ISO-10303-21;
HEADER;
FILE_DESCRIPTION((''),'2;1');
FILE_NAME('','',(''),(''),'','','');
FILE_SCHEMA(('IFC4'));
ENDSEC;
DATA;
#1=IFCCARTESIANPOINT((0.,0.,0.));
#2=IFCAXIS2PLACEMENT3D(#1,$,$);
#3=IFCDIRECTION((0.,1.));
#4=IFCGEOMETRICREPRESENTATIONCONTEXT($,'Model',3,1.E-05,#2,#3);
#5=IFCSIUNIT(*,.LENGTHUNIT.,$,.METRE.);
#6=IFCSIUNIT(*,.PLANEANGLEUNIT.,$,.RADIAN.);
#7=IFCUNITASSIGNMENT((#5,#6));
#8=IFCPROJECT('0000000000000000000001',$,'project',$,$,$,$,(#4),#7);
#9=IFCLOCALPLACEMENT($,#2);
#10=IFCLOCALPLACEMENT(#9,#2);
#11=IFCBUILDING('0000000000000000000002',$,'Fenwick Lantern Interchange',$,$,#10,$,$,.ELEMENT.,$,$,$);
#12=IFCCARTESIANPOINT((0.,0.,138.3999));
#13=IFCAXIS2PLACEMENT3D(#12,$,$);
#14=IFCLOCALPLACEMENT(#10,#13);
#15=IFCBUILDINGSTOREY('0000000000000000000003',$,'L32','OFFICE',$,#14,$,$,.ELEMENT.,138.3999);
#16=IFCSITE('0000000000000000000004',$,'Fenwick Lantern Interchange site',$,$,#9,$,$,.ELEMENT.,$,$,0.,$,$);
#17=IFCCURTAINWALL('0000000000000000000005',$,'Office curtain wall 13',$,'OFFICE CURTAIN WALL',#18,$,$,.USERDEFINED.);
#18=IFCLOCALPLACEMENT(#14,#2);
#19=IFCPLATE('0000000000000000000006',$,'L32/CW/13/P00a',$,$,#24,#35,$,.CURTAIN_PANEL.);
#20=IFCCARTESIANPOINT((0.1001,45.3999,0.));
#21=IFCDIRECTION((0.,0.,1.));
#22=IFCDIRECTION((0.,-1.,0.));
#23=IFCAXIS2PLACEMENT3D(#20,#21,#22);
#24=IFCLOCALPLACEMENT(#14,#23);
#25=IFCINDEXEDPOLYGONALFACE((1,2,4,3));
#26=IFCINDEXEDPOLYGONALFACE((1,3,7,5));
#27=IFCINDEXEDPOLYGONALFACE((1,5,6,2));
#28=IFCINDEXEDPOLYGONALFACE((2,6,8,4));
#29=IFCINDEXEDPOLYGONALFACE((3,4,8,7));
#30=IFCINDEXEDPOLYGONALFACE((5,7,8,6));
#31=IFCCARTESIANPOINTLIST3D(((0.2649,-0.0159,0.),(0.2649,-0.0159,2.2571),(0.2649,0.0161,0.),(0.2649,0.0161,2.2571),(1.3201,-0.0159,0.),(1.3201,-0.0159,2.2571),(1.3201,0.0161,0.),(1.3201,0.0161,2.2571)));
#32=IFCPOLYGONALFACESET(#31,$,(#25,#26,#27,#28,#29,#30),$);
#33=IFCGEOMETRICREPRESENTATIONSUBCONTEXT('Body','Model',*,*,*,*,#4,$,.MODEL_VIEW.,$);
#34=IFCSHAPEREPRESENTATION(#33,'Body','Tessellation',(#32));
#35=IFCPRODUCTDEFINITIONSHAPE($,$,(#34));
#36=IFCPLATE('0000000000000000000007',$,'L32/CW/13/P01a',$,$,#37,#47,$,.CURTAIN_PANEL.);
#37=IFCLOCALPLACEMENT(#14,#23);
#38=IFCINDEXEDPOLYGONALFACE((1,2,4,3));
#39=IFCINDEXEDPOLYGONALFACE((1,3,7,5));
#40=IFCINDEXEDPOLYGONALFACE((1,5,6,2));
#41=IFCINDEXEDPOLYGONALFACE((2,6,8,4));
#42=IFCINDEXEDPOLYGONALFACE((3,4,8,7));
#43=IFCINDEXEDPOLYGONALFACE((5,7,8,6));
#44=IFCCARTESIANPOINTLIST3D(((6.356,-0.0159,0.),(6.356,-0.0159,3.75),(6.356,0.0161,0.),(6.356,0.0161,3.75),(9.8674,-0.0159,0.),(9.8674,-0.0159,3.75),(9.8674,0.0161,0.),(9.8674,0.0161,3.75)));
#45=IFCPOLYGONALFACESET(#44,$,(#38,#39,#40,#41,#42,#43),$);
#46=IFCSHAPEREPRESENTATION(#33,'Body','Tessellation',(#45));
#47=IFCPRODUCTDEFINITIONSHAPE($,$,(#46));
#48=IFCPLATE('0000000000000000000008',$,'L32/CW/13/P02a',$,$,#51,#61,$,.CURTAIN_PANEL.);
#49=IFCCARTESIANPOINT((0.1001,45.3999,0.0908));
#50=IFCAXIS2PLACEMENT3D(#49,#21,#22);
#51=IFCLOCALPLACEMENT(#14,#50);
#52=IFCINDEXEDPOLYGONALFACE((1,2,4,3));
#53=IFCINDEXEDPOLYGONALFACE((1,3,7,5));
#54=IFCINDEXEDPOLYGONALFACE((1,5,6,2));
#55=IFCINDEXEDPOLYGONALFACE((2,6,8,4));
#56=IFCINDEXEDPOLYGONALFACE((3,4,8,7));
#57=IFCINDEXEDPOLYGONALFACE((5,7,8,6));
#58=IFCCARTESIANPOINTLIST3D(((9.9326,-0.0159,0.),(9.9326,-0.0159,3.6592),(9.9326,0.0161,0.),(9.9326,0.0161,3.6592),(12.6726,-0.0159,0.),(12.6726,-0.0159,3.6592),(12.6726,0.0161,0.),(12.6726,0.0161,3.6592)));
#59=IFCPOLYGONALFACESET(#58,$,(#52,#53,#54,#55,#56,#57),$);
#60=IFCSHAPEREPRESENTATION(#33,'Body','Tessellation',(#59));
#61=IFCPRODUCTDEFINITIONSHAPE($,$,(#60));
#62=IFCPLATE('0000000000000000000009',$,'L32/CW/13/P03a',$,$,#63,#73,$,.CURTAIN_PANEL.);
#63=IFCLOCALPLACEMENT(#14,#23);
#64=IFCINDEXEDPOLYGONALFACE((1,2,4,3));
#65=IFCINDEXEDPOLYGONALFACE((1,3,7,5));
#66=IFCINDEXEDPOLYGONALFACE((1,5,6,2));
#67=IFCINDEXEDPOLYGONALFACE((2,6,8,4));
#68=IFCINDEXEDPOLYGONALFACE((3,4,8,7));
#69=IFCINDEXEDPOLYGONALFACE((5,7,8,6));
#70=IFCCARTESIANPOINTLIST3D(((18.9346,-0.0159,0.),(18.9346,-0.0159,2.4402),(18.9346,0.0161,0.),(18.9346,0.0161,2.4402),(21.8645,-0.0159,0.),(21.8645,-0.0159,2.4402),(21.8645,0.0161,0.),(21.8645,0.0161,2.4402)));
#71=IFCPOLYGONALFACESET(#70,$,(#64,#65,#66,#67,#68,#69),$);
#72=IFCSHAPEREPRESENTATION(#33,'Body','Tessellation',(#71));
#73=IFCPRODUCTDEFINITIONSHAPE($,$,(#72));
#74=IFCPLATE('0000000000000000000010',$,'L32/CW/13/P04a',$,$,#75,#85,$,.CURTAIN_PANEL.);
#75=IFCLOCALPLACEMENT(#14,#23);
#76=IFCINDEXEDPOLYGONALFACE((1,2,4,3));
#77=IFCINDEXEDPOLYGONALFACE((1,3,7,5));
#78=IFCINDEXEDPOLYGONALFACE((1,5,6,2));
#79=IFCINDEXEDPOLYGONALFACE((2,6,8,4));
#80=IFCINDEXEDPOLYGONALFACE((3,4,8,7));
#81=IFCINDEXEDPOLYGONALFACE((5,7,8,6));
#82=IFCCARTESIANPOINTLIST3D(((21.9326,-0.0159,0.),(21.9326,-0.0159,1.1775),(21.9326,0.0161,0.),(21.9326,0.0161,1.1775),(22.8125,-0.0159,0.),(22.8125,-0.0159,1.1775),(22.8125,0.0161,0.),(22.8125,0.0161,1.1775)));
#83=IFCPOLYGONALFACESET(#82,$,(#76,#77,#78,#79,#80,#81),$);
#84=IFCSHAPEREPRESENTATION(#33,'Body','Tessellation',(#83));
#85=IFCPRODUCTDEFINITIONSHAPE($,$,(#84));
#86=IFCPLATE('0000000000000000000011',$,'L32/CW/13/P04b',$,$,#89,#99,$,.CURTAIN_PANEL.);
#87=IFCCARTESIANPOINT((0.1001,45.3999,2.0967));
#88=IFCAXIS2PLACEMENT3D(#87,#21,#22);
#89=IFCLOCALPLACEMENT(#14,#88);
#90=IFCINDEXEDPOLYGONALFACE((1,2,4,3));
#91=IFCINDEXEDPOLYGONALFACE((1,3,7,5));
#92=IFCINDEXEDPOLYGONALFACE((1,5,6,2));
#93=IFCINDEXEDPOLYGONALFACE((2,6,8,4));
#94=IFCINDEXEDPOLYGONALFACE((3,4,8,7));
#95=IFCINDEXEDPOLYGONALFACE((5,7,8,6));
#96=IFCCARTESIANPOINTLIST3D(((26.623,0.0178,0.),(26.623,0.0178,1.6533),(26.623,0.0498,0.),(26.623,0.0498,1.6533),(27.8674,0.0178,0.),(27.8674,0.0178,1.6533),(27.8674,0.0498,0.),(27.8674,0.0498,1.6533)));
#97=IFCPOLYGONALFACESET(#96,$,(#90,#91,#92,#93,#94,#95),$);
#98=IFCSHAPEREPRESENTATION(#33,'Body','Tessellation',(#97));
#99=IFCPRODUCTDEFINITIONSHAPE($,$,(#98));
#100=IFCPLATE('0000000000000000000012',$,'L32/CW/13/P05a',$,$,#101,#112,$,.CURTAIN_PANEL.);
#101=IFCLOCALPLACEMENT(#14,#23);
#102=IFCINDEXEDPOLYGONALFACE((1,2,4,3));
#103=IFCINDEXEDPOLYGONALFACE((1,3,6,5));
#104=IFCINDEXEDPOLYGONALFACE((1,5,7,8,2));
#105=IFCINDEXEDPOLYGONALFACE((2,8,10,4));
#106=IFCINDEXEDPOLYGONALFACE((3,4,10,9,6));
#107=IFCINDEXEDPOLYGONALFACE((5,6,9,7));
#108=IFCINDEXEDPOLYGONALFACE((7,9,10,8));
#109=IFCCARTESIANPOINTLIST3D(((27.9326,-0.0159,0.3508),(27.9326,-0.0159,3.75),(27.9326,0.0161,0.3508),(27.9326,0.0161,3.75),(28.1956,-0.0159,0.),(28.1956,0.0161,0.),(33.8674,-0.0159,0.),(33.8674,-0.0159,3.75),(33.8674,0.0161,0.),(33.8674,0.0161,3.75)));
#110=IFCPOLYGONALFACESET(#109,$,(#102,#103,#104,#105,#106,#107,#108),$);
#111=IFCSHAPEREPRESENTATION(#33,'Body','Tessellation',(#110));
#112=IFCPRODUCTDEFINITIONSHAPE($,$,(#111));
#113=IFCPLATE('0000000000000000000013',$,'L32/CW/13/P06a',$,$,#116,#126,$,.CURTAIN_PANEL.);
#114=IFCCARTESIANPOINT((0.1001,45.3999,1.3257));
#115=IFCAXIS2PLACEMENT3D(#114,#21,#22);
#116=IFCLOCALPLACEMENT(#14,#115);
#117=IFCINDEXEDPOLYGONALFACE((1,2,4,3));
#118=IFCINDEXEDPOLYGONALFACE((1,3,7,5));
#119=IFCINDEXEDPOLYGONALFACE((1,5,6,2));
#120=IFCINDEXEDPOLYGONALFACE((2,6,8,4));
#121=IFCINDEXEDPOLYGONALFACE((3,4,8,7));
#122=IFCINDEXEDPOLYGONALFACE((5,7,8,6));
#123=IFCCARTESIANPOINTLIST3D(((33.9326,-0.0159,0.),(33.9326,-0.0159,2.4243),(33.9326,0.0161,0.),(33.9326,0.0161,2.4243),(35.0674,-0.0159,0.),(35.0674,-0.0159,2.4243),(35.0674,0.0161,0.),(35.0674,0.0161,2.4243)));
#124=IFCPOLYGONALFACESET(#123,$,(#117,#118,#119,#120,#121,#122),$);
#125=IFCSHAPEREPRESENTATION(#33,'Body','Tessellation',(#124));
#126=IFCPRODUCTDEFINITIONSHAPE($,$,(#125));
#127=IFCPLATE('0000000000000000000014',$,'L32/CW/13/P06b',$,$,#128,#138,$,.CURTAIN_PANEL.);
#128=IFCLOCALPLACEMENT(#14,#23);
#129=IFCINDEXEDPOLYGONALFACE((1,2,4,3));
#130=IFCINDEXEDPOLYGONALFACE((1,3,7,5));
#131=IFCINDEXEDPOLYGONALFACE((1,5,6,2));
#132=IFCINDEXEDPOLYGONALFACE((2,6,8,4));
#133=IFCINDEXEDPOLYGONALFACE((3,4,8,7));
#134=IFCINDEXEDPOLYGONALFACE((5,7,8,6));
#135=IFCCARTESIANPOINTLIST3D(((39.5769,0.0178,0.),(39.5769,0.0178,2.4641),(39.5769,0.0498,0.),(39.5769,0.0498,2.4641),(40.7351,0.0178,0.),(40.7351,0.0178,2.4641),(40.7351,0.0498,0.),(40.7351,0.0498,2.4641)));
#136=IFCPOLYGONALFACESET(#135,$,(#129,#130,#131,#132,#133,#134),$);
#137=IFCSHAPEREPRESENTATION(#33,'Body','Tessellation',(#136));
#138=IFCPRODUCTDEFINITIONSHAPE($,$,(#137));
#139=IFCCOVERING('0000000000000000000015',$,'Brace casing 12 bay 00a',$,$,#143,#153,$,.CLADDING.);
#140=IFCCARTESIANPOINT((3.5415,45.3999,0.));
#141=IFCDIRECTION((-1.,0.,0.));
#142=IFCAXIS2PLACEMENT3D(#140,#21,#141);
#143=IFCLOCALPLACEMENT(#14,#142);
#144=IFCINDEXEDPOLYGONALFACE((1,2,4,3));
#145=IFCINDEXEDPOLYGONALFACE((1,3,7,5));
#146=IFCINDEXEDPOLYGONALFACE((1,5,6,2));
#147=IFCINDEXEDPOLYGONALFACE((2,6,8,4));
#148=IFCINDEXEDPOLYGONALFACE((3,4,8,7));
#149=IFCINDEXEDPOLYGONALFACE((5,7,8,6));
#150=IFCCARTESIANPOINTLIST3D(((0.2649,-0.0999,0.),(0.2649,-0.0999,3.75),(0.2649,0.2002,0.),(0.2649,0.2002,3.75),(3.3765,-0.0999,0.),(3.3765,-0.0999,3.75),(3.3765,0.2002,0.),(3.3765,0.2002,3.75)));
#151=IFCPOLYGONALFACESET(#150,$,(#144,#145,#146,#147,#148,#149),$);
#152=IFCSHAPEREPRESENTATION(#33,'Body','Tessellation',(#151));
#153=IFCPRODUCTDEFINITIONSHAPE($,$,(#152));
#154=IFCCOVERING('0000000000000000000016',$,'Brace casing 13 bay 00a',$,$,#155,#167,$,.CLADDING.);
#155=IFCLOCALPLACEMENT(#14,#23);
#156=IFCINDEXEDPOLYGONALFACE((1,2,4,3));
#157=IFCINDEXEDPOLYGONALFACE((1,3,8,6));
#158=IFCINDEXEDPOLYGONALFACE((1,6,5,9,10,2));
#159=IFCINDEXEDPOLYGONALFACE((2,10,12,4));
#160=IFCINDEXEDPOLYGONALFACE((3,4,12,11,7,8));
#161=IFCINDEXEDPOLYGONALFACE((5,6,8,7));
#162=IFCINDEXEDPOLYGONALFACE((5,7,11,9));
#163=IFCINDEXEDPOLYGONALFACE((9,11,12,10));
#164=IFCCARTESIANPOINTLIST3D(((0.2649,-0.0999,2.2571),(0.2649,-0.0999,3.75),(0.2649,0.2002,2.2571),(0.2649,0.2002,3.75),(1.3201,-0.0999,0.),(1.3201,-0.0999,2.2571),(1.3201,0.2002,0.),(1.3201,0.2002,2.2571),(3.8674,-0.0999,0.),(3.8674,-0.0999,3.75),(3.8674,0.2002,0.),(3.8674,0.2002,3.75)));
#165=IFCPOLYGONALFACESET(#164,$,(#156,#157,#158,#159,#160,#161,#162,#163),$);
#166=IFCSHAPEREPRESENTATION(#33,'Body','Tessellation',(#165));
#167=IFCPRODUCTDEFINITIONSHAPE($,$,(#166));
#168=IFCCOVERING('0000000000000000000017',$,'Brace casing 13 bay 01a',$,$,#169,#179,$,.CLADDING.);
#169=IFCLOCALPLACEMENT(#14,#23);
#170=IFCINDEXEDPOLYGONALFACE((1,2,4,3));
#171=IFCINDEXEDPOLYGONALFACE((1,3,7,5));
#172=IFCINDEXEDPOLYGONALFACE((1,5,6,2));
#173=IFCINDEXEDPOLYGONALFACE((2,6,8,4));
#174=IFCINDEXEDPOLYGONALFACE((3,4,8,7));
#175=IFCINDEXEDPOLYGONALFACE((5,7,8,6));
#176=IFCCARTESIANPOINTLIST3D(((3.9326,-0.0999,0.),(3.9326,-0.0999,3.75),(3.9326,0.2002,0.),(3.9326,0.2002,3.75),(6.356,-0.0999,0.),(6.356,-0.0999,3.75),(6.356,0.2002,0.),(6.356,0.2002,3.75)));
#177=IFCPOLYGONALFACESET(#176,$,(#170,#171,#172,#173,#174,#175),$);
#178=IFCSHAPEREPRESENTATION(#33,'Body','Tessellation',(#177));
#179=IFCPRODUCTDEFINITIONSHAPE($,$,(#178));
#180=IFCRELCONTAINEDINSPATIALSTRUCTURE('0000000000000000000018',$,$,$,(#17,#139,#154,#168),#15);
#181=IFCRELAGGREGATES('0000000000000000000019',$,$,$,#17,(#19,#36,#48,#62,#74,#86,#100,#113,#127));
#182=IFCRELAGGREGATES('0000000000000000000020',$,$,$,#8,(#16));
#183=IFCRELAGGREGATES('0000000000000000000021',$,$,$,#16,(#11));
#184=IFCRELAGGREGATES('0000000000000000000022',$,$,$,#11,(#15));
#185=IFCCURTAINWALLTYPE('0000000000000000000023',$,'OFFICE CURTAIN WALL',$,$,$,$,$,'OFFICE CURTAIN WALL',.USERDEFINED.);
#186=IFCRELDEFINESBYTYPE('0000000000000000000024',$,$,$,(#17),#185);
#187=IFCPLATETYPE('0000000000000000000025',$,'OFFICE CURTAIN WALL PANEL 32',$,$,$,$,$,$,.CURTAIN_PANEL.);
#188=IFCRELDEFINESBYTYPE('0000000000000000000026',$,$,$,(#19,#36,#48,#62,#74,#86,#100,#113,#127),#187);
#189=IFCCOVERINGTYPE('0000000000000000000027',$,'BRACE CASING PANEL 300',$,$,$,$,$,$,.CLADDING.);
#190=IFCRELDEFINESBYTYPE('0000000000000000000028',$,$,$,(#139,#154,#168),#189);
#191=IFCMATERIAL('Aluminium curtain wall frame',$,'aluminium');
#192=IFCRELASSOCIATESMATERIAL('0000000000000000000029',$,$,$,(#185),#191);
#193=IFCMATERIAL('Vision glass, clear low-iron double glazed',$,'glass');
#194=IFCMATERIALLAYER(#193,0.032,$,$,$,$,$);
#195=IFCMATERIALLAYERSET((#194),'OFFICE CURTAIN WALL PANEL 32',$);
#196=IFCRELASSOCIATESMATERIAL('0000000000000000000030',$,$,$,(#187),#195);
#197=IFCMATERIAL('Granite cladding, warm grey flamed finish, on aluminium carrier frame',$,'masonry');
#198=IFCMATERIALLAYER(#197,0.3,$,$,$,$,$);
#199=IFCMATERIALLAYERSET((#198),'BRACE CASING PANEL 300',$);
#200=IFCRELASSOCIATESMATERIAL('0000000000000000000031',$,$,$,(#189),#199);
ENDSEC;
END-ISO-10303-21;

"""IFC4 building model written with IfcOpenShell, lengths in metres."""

from ifc_helpers import new_model, si_unit, direction, frame, origin, place, context, subcontext, project, spatial, polyline, outline, extrude, material, layer, layer_set, type_object, element, aggregate, save


model = new_model("IFC4")

# Units and contexts
model_context = context("Model", 3, precision=1e-05, world=origin(), true_north=direction((0.0, 1.0)))
body_context = subcontext(model_context, "Body", "Model", "MODEL_VIEW")
ifc_project = project(units=[si_unit("LENGTHUNIT", "METRE"), si_unit("PLANEANGLEUNIT", "RADIAN")], contexts=[model_context])

# Site, building, storey
site_placement = place(None, origin())
site = spatial("IfcSite", under=ifc_project, at=site_placement, Name="Fenwick Lantern Interchange site", CompositionType="ELEMENT", RefElevation=0.0)
building_placement = place(site_placement, origin())
building = spatial("IfcBuilding", under=site, at=building_placement, Name="Fenwick Lantern Interchange", CompositionType="ELEMENT")
storey_placement = place(building_placement, frame((0.0, 0.0, 138.3999)))
storey = spatial("IfcBuildingStorey", under=building, at=storey_placement, Name="L32", Description="OFFICE", CompositionType="ELEMENT", Elevation=138.3999)

# Shared definitions
ifc_material_1 = material(Name="Aluminium curtain wall frame", Category="aluminium")
curtain_wall_type = type_object("IfcCurtainWallType", Name="OFFICE CURTAIN WALL", ElementType="OFFICE CURTAIN WALL", PredefinedType="USERDEFINED", material=ifc_material_1)

# Curtain wall
curtain_wall_1_placement = place(storey_placement, origin())
curtain_wall_1 = element("IfcCurtainWall", 1, at=curtain_wall_1_placement, inside=storey, type_object=curtain_wall_type, Name="Office curtain wall 13", ObjectType="OFFICE CURTAIN WALL", PredefinedType="USERDEFINED")

# Plates
ifc_material_2 = material(Name="Vision glass, clear low-iron double glazed", Category="glass")
ifc_layer_1 = layer(ifc_material_2, 0.032)
ifc_layer_set_1 = layer_set([ifc_layer_1], Name="OFFICE CURTAIN WALL PANEL 32")
plate_type = type_object("IfcPlateType", Name="OFFICE CURTAIN WALL PANEL 32", PredefinedType="CURTAIN_PANEL", material=ifc_layer_set_1)
plate_1_placement = place(storey_placement, frame((0.1001, 45.3999, 0.0), z_axis=(0.0, 0.0, 1.0), x_axis=(0.0, -1.0, 0.0)))
plate_1 = element("IfcPlate", 2, at=plate_1_placement, type_object=plate_type, Name="L32/CW/13/P00a", PredefinedType="CURTAIN_PANEL", context=body_context, shape_type="SweptSolid", body=[
    extrude(outline(polyline([(0.2649, 0.0), (1.3201, 0.0), (1.3201, 2.2571), (0.2649, 2.2571), (0.2649, 0.0)])), frame((0.0, 0.0161, 0.0), z_axis=(0.0, -1.0, 0.0), x_axis=(1.0, 0.0, 0.0)), (0.0, 0.0, 1.0), 0.032),
])
plate_2_placement = place(storey_placement, frame((0.1001, 45.3999, 0.0), z_axis=(0.0, 0.0, 1.0), x_axis=(0.0, -1.0, 0.0)))
plate_2 = element("IfcPlate", 3, at=plate_2_placement, type_object=plate_type, Name="L32/CW/13/P01a", PredefinedType="CURTAIN_PANEL", context=body_context, shape_type="SweptSolid", body=[
    extrude(outline(polyline([(6.356, 0.0), (9.8674, 0.0), (9.8674, 3.75), (6.356, 3.75), (6.356, 0.0)])), frame((0.0, 0.0161, 0.0), z_axis=(0.0, -1.0, 0.0), x_axis=(1.0, 0.0, 0.0)), (0.0, 0.0, 1.0), 0.032),
])
plate_3_placement = place(storey_placement, frame((0.1001, 45.3999, 0.0908), z_axis=(0.0, 0.0, 1.0), x_axis=(0.0, -1.0, 0.0)))
plate_3 = element("IfcPlate", 4, at=plate_3_placement, type_object=plate_type, Name="L32/CW/13/P02a", PredefinedType="CURTAIN_PANEL", context=body_context, shape_type="SweptSolid", body=[
    extrude(outline(polyline([(9.9326, 0.0), (12.6726, 0.0), (12.6726, 3.6592), (9.9326, 3.6592), (9.9326, 0.0)])), frame((0.0, 0.0161, 0.0), z_axis=(0.0, -1.0, 0.0), x_axis=(1.0, 0.0, 0.0)), (0.0, 0.0, 1.0), 0.032),
])
plate_4_placement = place(storey_placement, frame((0.1001, 45.3999, 0.0), z_axis=(0.0, 0.0, 1.0), x_axis=(0.0, -1.0, 0.0)))
plate_4 = element("IfcPlate", 5, at=plate_4_placement, type_object=plate_type, Name="L32/CW/13/P03a", PredefinedType="CURTAIN_PANEL", context=body_context, shape_type="SweptSolid", body=[
    extrude(outline(polyline([(18.9346, 0.0), (21.8645, 0.0), (21.8645, 2.4402), (18.9346, 2.4402), (18.9346, 0.0)])), frame((0.0, 0.0161, 0.0), z_axis=(0.0, -1.0, 0.0), x_axis=(1.0, 0.0, 0.0)), (0.0, 0.0, 1.0), 0.032),
])
plate_5_placement = place(storey_placement, frame((0.1001, 45.3999, 0.0), z_axis=(0.0, 0.0, 1.0), x_axis=(0.0, -1.0, 0.0)))
plate_5 = element("IfcPlate", 6, at=plate_5_placement, type_object=plate_type, Name="L32/CW/13/P04a", PredefinedType="CURTAIN_PANEL", context=body_context, shape_type="SweptSolid", body=[
    extrude(outline(polyline([(21.9326, 0.0), (22.8125, 0.0), (22.8125, 1.1775), (21.9326, 1.1775), (21.9326, 0.0)])), frame((0.0, 0.0161, 0.0), z_axis=(0.0, -1.0, 0.0), x_axis=(1.0, 0.0, 0.0)), (0.0, 0.0, 1.0), 0.032),
])
plate_6_placement = place(storey_placement, frame((0.1001, 45.3999, 2.0967), z_axis=(0.0, 0.0, 1.0), x_axis=(0.0, -1.0, 0.0)))
plate_6 = element("IfcPlate", 7, at=plate_6_placement, type_object=plate_type, Name="L32/CW/13/P04b", PredefinedType="CURTAIN_PANEL", context=body_context, shape_type="SweptSolid", body=[
    extrude(outline(polyline([(26.623, 0.0), (27.8674, 0.0), (27.8674, 1.6533), (26.623, 1.6533), (26.623, 0.0)])), frame((0.0, 0.0498, 0.0), z_axis=(0.0, -1.0, 0.0), x_axis=(1.0, 0.0, 0.0)), (0.0, 0.0, 1.0), 0.032),
])
plate_7_placement = place(storey_placement, frame((0.1001, 45.3999, 0.0), z_axis=(0.0, 0.0, 1.0), x_axis=(0.0, -1.0, 0.0)))
plate_7 = element("IfcPlate", 8, at=plate_7_placement, type_object=plate_type, Name="L32/CW/13/P05a", PredefinedType="CURTAIN_PANEL", context=body_context, shape_type="SweptSolid", body=[
    extrude(outline(polyline([(28.1956, 0.0), (33.8674, 0.0), (33.8674, 3.75), (27.9326, 3.75), (27.9326, 0.3508), (28.1956, 0.0)])), frame((0.0, 0.0161, 0.0), z_axis=(0.0, -1.0, 0.0), x_axis=(1.0, 0.0, 0.0)), (0.0, 0.0, 1.0), 0.032),
])
plate_8_placement = place(storey_placement, frame((0.1001, 45.3999, 1.3257), z_axis=(0.0, 0.0, 1.0), x_axis=(0.0, -1.0, 0.0)))
plate_8 = element("IfcPlate", 9, at=plate_8_placement, type_object=plate_type, Name="L32/CW/13/P06a", PredefinedType="CURTAIN_PANEL", context=body_context, shape_type="SweptSolid", body=[
    extrude(outline(polyline([(33.9326, 0.0), (35.0674, 0.0), (35.0674, 2.4243), (33.9326, 2.4243), (33.9326, 0.0)])), frame((0.0, 0.0161, 0.0), z_axis=(0.0, -1.0, 0.0), x_axis=(1.0, 0.0, 0.0)), (0.0, 0.0, 1.0), 0.032),
])
plate_9_placement = place(storey_placement, frame((0.1001, 45.3999, 0.0), z_axis=(0.0, 0.0, 1.0), x_axis=(0.0, -1.0, 0.0)))
plate_9 = element("IfcPlate", 10, at=plate_9_placement, type_object=plate_type, Name="L32/CW/13/P06b", PredefinedType="CURTAIN_PANEL", context=body_context, shape_type="SweptSolid", body=[
    extrude(outline(polyline([(39.5769, 0.0), (40.7351, 0.0), (40.7351, 2.4641), (39.5769, 2.4641), (39.5769, 0.0)])), frame((0.0, 0.0498, 0.0), z_axis=(0.0, -1.0, 0.0), x_axis=(1.0, 0.0, 0.0)), (0.0, 0.0, 1.0), 0.032),
])
aggregate(curtain_wall_1, [plate_1, plate_2, plate_3, plate_4, plate_5, plate_6, plate_7, plate_8, plate_9])

# Coverings
ifc_material_3 = material(Name="Granite cladding, warm grey flamed finish, on aluminium carrier frame", Category="masonry")
ifc_layer_2 = layer(ifc_material_3, 0.3)
ifc_layer_set_2 = layer_set([ifc_layer_2], Name="BRACE CASING PANEL 300")
covering_type = type_object("IfcCoveringType", Name="BRACE CASING PANEL 300", PredefinedType="CLADDING", material=ifc_layer_set_2)
covering_1_placement = place(storey_placement, frame((3.5415, 45.3999, 0.0), z_axis=(0.0, 0.0, 1.0), x_axis=(-1.0, 0.0, 0.0)))
element("IfcCovering", 11, at=covering_1_placement, inside=storey, type_object=covering_type, Name="Brace casing 12 bay 00a", PredefinedType="CLADDING", context=body_context, shape_type="SweptSolid", body=[
    extrude(outline(polyline([(0.2649, 0.0), (3.3765, 0.0), (3.3765, 3.75), (0.2649, 3.75), (0.2649, 0.0)])), frame((0.0, 0.2002, 0.0), z_axis=(0.0, -1.0, 0.0), x_axis=(1.0, 0.0, 0.0)), (0.0, 0.0, 1.0), 0.3),
])
covering_2_placement = place(storey_placement, frame((0.1001, 45.3999, 0.0), z_axis=(0.0, 0.0, 1.0), x_axis=(0.0, -1.0, 0.0)))
element("IfcCovering", 12, at=covering_2_placement, inside=storey, type_object=covering_type, Name="Brace casing 13 bay 00a", PredefinedType="CLADDING", context=body_context, shape_type="SweptSolid", body=[
    extrude(outline(polyline([(1.3201, 0.0), (3.8674, 0.0), (3.8674, 3.75), (0.2649, 3.75), (0.2649, 2.2571), (1.3201, 2.2571), (1.3201, 0.0)])), frame((0.0, 0.2002, 0.0), z_axis=(0.0, -1.0, 0.0), x_axis=(1.0, 0.0, 0.0)), (0.0, 0.0, 1.0), 0.3),
])
covering_3_placement = place(storey_placement, frame((0.1001, 45.3999, 0.0), z_axis=(0.0, 0.0, 1.0), x_axis=(0.0, -1.0, 0.0)))
element("IfcCovering", 13, at=covering_3_placement, inside=storey, type_object=covering_type, Name="Brace casing 13 bay 01a", PredefinedType="CLADDING", context=body_context, shape_type="SweptSolid", body=[
    extrude(outline(polyline([(3.9326, 0.0), (6.356, 0.0), (6.356, 3.75), (3.9326, 3.75), (3.9326, 0.0)])), frame((0.0, 0.2002, 0.0), z_axis=(0.0, -1.0, 0.0), x_axis=(1.0, 0.0, 0.0)), (0.0, 0.0, 1.0), 0.3),
])

save(model, "model.ifc")
